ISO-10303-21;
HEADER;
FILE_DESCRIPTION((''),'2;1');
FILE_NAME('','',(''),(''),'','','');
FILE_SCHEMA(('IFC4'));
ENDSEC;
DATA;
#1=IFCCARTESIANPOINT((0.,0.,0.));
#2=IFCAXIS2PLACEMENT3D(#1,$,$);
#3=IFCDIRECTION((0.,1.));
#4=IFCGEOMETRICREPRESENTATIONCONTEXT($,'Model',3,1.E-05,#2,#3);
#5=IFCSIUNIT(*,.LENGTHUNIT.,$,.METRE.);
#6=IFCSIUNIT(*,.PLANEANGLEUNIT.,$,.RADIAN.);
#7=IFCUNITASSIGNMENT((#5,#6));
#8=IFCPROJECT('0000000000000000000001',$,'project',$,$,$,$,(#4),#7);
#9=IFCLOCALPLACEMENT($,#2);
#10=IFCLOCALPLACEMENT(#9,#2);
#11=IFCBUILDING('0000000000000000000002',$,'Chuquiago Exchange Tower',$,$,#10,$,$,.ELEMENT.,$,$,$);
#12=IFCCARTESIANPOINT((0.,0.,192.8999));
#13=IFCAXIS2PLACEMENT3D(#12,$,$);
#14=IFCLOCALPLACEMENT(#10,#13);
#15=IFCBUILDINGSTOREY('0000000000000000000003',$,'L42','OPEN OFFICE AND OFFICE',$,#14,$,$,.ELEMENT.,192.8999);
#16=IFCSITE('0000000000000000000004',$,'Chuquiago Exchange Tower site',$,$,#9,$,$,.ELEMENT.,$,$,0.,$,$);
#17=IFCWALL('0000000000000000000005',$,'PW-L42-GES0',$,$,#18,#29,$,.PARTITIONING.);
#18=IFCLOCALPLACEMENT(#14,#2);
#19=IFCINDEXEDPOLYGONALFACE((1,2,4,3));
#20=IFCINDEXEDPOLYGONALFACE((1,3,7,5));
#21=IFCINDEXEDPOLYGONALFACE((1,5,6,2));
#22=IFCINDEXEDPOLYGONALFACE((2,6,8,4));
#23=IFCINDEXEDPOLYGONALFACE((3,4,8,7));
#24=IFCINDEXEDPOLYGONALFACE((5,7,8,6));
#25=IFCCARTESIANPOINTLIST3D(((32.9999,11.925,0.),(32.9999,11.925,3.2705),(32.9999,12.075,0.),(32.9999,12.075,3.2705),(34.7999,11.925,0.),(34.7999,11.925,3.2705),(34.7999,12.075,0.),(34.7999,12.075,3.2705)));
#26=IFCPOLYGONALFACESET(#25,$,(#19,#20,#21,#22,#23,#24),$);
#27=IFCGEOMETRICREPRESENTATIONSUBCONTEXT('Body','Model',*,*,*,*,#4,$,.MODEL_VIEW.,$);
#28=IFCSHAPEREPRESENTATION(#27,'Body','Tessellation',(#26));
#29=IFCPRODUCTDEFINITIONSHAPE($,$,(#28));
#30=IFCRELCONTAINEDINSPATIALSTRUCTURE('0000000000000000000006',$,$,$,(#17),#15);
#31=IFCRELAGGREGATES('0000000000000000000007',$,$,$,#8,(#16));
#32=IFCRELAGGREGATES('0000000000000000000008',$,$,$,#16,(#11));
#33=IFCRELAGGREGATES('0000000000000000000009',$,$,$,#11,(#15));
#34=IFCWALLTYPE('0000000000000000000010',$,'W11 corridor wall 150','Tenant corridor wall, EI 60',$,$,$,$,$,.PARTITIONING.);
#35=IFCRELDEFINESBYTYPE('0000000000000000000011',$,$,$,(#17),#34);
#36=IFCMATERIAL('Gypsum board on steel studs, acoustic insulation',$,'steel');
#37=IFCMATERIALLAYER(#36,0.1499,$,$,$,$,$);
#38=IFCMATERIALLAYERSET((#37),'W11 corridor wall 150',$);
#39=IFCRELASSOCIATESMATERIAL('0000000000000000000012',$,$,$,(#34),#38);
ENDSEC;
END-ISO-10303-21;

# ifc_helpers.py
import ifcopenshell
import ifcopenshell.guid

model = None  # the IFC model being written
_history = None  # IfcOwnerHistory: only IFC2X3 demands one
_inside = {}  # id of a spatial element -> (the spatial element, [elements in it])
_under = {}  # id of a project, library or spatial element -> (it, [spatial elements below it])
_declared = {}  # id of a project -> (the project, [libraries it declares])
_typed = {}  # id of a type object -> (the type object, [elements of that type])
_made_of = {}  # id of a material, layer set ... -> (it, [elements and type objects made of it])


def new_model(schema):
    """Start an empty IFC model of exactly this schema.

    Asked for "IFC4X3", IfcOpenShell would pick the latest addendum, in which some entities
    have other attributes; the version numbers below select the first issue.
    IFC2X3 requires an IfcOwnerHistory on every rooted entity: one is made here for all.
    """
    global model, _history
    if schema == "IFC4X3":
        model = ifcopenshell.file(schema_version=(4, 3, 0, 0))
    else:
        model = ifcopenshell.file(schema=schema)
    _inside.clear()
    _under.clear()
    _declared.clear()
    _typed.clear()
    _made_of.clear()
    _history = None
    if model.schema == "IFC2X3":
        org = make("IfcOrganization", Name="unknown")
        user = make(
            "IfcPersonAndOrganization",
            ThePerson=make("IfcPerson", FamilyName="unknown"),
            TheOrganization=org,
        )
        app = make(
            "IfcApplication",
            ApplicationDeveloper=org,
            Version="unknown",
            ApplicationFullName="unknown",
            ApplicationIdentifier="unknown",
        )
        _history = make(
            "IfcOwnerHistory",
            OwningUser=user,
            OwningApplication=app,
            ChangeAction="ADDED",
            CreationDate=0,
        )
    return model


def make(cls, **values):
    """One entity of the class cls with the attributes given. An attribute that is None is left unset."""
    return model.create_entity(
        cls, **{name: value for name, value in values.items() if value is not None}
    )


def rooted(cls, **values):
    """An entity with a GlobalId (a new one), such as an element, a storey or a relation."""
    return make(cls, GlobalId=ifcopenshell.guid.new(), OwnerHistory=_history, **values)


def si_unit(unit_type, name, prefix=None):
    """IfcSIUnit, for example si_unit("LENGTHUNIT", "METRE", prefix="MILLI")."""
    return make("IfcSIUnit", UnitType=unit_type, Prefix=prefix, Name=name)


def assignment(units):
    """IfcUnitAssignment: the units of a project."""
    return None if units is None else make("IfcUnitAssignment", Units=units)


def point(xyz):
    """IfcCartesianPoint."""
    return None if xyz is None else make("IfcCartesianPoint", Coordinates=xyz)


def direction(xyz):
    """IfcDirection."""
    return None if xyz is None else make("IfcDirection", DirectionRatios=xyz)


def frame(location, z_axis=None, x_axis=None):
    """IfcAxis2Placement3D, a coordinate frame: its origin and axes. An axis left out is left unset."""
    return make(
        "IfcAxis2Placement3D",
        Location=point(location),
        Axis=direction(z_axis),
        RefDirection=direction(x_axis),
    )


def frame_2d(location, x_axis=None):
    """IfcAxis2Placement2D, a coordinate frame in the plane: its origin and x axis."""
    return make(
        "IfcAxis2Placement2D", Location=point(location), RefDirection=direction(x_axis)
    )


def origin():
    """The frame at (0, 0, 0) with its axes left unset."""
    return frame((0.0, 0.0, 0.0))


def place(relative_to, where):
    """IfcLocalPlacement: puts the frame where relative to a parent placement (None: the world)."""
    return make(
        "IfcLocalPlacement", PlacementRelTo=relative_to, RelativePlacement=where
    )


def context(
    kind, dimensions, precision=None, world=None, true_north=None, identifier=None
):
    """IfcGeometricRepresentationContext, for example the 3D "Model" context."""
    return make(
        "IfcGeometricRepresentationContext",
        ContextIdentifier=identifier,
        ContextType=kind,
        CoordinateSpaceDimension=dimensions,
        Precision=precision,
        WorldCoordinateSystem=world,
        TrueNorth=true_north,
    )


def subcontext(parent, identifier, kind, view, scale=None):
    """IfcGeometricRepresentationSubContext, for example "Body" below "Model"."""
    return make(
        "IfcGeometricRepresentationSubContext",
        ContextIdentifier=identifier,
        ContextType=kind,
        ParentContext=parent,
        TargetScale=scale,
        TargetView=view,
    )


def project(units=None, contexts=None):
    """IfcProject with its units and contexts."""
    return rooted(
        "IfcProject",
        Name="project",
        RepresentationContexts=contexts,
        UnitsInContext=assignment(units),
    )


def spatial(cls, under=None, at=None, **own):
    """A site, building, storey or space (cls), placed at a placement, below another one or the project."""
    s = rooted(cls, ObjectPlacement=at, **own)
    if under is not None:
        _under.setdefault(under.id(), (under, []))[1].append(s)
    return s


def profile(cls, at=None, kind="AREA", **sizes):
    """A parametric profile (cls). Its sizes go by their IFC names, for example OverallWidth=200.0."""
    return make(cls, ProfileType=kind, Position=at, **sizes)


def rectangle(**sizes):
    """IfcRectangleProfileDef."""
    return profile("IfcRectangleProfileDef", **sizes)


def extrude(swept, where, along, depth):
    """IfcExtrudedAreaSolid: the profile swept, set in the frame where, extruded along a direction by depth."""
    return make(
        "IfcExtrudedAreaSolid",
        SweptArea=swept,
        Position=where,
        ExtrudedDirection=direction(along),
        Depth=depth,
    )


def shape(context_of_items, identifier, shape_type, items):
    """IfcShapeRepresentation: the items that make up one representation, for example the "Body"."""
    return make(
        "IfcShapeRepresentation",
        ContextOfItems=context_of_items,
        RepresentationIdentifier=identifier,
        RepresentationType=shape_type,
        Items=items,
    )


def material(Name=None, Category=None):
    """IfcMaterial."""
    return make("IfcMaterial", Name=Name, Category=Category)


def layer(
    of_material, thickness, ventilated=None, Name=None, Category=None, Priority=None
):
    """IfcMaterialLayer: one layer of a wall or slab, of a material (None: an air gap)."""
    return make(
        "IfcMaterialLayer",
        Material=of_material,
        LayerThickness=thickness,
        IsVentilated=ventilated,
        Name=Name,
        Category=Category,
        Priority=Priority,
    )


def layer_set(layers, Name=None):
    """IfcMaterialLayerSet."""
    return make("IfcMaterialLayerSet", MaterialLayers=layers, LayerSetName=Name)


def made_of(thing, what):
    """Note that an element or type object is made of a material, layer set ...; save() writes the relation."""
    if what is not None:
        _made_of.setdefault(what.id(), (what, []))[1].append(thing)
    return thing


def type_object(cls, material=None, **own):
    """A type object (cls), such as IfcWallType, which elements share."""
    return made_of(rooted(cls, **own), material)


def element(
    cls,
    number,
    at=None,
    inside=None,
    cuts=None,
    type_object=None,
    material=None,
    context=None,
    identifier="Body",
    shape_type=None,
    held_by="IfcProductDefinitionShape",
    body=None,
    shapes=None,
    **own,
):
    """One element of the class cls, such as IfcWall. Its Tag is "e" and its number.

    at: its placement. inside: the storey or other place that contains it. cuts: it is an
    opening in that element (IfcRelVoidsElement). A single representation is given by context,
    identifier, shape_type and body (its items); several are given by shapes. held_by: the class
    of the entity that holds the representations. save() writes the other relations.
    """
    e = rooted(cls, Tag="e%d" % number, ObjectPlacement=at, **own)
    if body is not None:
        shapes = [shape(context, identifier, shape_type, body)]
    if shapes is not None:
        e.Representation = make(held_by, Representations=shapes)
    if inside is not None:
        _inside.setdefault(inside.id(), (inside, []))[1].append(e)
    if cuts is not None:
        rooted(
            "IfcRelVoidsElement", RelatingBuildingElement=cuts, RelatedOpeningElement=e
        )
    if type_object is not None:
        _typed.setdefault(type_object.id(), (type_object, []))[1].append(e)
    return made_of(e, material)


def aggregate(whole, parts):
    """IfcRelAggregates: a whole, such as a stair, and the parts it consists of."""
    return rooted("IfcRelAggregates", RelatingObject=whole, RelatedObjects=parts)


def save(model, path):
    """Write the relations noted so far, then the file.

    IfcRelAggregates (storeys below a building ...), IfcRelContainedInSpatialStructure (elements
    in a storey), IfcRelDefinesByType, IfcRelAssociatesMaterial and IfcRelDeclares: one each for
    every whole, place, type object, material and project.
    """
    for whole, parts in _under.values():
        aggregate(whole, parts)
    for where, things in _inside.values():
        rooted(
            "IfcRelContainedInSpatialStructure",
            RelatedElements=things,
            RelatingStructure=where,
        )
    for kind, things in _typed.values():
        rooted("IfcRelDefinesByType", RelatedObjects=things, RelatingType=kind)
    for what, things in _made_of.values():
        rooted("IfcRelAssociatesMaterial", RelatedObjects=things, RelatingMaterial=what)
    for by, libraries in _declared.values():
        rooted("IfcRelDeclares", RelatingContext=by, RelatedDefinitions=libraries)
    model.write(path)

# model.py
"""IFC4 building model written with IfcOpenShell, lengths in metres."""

from ifc_helpers import new_model, si_unit, direction, frame, frame_2d, origin, place, context, subcontext, project, spatial, rectangle, extrude, material, layer, layer_set, type_object, element, save


model = new_model("IFC4")

# Units and contexts
model_context = context("Model", 3, precision=1e-05, world=origin(), true_north=direction((0.0, 1.0)))
body_context = subcontext(model_context, "Body", "Model", "MODEL_VIEW")
ifc_project = project(units=[si_unit("LENGTHUNIT", "METRE"), si_unit("PLANEANGLEUNIT", "RADIAN")], contexts=[model_context])

# Site, building, storey
site_placement = place(None, origin())
site = spatial("IfcSite", under=ifc_project, at=site_placement, Name="Chuquiago Exchange Tower site", CompositionType="ELEMENT", RefElevation=0.0)
building_placement = place(site_placement, origin())
building = spatial("IfcBuilding", under=site, at=building_placement, Name="Chuquiago Exchange Tower", CompositionType="ELEMENT")
storey_placement = place(building_placement, frame((0.0, 0.0, 192.8999)))
storey = spatial("IfcBuildingStorey", under=building, at=storey_placement, Name="L42", Description="OPEN OFFICE AND OFFICE", CompositionType="ELEMENT", Elevation=192.8999)

# Shared definitions
ifc_material_1 = material(Name="Gypsum board on steel studs, acoustic insulation", Category="steel")
ifc_layer_1 = layer(ifc_material_1, 0.1499)
ifc_layer_set_1 = layer_set([ifc_layer_1], Name="W11 corridor wall 150")
wall_type = type_object("IfcWallType", Name="W11 corridor wall 150", Description="Tenant corridor wall, EI 60", PredefinedType="PARTITIONING", material=ifc_layer_set_1)

# Wall
wall_1_placement = place(storey_placement, frame((33.0, 12.0, 0.0), z_axis=(0.0, 0.0, 1.0), x_axis=(1.0, 0.0, 0.0)))
element("IfcWall", 1, at=wall_1_placement, inside=storey, type_object=wall_type, Name="PW-L42-GES0", PredefinedType="PARTITIONING", context=body_context, shape_type="SweptSolid", body=[
    extrude(rectangle(XDim=1.8, YDim=0.1499, at=frame_2d((0.8999, 0.0))), origin(), (0.0, 0.0, 1.0), 3.2705),
])

save(model, "model.ifc")
